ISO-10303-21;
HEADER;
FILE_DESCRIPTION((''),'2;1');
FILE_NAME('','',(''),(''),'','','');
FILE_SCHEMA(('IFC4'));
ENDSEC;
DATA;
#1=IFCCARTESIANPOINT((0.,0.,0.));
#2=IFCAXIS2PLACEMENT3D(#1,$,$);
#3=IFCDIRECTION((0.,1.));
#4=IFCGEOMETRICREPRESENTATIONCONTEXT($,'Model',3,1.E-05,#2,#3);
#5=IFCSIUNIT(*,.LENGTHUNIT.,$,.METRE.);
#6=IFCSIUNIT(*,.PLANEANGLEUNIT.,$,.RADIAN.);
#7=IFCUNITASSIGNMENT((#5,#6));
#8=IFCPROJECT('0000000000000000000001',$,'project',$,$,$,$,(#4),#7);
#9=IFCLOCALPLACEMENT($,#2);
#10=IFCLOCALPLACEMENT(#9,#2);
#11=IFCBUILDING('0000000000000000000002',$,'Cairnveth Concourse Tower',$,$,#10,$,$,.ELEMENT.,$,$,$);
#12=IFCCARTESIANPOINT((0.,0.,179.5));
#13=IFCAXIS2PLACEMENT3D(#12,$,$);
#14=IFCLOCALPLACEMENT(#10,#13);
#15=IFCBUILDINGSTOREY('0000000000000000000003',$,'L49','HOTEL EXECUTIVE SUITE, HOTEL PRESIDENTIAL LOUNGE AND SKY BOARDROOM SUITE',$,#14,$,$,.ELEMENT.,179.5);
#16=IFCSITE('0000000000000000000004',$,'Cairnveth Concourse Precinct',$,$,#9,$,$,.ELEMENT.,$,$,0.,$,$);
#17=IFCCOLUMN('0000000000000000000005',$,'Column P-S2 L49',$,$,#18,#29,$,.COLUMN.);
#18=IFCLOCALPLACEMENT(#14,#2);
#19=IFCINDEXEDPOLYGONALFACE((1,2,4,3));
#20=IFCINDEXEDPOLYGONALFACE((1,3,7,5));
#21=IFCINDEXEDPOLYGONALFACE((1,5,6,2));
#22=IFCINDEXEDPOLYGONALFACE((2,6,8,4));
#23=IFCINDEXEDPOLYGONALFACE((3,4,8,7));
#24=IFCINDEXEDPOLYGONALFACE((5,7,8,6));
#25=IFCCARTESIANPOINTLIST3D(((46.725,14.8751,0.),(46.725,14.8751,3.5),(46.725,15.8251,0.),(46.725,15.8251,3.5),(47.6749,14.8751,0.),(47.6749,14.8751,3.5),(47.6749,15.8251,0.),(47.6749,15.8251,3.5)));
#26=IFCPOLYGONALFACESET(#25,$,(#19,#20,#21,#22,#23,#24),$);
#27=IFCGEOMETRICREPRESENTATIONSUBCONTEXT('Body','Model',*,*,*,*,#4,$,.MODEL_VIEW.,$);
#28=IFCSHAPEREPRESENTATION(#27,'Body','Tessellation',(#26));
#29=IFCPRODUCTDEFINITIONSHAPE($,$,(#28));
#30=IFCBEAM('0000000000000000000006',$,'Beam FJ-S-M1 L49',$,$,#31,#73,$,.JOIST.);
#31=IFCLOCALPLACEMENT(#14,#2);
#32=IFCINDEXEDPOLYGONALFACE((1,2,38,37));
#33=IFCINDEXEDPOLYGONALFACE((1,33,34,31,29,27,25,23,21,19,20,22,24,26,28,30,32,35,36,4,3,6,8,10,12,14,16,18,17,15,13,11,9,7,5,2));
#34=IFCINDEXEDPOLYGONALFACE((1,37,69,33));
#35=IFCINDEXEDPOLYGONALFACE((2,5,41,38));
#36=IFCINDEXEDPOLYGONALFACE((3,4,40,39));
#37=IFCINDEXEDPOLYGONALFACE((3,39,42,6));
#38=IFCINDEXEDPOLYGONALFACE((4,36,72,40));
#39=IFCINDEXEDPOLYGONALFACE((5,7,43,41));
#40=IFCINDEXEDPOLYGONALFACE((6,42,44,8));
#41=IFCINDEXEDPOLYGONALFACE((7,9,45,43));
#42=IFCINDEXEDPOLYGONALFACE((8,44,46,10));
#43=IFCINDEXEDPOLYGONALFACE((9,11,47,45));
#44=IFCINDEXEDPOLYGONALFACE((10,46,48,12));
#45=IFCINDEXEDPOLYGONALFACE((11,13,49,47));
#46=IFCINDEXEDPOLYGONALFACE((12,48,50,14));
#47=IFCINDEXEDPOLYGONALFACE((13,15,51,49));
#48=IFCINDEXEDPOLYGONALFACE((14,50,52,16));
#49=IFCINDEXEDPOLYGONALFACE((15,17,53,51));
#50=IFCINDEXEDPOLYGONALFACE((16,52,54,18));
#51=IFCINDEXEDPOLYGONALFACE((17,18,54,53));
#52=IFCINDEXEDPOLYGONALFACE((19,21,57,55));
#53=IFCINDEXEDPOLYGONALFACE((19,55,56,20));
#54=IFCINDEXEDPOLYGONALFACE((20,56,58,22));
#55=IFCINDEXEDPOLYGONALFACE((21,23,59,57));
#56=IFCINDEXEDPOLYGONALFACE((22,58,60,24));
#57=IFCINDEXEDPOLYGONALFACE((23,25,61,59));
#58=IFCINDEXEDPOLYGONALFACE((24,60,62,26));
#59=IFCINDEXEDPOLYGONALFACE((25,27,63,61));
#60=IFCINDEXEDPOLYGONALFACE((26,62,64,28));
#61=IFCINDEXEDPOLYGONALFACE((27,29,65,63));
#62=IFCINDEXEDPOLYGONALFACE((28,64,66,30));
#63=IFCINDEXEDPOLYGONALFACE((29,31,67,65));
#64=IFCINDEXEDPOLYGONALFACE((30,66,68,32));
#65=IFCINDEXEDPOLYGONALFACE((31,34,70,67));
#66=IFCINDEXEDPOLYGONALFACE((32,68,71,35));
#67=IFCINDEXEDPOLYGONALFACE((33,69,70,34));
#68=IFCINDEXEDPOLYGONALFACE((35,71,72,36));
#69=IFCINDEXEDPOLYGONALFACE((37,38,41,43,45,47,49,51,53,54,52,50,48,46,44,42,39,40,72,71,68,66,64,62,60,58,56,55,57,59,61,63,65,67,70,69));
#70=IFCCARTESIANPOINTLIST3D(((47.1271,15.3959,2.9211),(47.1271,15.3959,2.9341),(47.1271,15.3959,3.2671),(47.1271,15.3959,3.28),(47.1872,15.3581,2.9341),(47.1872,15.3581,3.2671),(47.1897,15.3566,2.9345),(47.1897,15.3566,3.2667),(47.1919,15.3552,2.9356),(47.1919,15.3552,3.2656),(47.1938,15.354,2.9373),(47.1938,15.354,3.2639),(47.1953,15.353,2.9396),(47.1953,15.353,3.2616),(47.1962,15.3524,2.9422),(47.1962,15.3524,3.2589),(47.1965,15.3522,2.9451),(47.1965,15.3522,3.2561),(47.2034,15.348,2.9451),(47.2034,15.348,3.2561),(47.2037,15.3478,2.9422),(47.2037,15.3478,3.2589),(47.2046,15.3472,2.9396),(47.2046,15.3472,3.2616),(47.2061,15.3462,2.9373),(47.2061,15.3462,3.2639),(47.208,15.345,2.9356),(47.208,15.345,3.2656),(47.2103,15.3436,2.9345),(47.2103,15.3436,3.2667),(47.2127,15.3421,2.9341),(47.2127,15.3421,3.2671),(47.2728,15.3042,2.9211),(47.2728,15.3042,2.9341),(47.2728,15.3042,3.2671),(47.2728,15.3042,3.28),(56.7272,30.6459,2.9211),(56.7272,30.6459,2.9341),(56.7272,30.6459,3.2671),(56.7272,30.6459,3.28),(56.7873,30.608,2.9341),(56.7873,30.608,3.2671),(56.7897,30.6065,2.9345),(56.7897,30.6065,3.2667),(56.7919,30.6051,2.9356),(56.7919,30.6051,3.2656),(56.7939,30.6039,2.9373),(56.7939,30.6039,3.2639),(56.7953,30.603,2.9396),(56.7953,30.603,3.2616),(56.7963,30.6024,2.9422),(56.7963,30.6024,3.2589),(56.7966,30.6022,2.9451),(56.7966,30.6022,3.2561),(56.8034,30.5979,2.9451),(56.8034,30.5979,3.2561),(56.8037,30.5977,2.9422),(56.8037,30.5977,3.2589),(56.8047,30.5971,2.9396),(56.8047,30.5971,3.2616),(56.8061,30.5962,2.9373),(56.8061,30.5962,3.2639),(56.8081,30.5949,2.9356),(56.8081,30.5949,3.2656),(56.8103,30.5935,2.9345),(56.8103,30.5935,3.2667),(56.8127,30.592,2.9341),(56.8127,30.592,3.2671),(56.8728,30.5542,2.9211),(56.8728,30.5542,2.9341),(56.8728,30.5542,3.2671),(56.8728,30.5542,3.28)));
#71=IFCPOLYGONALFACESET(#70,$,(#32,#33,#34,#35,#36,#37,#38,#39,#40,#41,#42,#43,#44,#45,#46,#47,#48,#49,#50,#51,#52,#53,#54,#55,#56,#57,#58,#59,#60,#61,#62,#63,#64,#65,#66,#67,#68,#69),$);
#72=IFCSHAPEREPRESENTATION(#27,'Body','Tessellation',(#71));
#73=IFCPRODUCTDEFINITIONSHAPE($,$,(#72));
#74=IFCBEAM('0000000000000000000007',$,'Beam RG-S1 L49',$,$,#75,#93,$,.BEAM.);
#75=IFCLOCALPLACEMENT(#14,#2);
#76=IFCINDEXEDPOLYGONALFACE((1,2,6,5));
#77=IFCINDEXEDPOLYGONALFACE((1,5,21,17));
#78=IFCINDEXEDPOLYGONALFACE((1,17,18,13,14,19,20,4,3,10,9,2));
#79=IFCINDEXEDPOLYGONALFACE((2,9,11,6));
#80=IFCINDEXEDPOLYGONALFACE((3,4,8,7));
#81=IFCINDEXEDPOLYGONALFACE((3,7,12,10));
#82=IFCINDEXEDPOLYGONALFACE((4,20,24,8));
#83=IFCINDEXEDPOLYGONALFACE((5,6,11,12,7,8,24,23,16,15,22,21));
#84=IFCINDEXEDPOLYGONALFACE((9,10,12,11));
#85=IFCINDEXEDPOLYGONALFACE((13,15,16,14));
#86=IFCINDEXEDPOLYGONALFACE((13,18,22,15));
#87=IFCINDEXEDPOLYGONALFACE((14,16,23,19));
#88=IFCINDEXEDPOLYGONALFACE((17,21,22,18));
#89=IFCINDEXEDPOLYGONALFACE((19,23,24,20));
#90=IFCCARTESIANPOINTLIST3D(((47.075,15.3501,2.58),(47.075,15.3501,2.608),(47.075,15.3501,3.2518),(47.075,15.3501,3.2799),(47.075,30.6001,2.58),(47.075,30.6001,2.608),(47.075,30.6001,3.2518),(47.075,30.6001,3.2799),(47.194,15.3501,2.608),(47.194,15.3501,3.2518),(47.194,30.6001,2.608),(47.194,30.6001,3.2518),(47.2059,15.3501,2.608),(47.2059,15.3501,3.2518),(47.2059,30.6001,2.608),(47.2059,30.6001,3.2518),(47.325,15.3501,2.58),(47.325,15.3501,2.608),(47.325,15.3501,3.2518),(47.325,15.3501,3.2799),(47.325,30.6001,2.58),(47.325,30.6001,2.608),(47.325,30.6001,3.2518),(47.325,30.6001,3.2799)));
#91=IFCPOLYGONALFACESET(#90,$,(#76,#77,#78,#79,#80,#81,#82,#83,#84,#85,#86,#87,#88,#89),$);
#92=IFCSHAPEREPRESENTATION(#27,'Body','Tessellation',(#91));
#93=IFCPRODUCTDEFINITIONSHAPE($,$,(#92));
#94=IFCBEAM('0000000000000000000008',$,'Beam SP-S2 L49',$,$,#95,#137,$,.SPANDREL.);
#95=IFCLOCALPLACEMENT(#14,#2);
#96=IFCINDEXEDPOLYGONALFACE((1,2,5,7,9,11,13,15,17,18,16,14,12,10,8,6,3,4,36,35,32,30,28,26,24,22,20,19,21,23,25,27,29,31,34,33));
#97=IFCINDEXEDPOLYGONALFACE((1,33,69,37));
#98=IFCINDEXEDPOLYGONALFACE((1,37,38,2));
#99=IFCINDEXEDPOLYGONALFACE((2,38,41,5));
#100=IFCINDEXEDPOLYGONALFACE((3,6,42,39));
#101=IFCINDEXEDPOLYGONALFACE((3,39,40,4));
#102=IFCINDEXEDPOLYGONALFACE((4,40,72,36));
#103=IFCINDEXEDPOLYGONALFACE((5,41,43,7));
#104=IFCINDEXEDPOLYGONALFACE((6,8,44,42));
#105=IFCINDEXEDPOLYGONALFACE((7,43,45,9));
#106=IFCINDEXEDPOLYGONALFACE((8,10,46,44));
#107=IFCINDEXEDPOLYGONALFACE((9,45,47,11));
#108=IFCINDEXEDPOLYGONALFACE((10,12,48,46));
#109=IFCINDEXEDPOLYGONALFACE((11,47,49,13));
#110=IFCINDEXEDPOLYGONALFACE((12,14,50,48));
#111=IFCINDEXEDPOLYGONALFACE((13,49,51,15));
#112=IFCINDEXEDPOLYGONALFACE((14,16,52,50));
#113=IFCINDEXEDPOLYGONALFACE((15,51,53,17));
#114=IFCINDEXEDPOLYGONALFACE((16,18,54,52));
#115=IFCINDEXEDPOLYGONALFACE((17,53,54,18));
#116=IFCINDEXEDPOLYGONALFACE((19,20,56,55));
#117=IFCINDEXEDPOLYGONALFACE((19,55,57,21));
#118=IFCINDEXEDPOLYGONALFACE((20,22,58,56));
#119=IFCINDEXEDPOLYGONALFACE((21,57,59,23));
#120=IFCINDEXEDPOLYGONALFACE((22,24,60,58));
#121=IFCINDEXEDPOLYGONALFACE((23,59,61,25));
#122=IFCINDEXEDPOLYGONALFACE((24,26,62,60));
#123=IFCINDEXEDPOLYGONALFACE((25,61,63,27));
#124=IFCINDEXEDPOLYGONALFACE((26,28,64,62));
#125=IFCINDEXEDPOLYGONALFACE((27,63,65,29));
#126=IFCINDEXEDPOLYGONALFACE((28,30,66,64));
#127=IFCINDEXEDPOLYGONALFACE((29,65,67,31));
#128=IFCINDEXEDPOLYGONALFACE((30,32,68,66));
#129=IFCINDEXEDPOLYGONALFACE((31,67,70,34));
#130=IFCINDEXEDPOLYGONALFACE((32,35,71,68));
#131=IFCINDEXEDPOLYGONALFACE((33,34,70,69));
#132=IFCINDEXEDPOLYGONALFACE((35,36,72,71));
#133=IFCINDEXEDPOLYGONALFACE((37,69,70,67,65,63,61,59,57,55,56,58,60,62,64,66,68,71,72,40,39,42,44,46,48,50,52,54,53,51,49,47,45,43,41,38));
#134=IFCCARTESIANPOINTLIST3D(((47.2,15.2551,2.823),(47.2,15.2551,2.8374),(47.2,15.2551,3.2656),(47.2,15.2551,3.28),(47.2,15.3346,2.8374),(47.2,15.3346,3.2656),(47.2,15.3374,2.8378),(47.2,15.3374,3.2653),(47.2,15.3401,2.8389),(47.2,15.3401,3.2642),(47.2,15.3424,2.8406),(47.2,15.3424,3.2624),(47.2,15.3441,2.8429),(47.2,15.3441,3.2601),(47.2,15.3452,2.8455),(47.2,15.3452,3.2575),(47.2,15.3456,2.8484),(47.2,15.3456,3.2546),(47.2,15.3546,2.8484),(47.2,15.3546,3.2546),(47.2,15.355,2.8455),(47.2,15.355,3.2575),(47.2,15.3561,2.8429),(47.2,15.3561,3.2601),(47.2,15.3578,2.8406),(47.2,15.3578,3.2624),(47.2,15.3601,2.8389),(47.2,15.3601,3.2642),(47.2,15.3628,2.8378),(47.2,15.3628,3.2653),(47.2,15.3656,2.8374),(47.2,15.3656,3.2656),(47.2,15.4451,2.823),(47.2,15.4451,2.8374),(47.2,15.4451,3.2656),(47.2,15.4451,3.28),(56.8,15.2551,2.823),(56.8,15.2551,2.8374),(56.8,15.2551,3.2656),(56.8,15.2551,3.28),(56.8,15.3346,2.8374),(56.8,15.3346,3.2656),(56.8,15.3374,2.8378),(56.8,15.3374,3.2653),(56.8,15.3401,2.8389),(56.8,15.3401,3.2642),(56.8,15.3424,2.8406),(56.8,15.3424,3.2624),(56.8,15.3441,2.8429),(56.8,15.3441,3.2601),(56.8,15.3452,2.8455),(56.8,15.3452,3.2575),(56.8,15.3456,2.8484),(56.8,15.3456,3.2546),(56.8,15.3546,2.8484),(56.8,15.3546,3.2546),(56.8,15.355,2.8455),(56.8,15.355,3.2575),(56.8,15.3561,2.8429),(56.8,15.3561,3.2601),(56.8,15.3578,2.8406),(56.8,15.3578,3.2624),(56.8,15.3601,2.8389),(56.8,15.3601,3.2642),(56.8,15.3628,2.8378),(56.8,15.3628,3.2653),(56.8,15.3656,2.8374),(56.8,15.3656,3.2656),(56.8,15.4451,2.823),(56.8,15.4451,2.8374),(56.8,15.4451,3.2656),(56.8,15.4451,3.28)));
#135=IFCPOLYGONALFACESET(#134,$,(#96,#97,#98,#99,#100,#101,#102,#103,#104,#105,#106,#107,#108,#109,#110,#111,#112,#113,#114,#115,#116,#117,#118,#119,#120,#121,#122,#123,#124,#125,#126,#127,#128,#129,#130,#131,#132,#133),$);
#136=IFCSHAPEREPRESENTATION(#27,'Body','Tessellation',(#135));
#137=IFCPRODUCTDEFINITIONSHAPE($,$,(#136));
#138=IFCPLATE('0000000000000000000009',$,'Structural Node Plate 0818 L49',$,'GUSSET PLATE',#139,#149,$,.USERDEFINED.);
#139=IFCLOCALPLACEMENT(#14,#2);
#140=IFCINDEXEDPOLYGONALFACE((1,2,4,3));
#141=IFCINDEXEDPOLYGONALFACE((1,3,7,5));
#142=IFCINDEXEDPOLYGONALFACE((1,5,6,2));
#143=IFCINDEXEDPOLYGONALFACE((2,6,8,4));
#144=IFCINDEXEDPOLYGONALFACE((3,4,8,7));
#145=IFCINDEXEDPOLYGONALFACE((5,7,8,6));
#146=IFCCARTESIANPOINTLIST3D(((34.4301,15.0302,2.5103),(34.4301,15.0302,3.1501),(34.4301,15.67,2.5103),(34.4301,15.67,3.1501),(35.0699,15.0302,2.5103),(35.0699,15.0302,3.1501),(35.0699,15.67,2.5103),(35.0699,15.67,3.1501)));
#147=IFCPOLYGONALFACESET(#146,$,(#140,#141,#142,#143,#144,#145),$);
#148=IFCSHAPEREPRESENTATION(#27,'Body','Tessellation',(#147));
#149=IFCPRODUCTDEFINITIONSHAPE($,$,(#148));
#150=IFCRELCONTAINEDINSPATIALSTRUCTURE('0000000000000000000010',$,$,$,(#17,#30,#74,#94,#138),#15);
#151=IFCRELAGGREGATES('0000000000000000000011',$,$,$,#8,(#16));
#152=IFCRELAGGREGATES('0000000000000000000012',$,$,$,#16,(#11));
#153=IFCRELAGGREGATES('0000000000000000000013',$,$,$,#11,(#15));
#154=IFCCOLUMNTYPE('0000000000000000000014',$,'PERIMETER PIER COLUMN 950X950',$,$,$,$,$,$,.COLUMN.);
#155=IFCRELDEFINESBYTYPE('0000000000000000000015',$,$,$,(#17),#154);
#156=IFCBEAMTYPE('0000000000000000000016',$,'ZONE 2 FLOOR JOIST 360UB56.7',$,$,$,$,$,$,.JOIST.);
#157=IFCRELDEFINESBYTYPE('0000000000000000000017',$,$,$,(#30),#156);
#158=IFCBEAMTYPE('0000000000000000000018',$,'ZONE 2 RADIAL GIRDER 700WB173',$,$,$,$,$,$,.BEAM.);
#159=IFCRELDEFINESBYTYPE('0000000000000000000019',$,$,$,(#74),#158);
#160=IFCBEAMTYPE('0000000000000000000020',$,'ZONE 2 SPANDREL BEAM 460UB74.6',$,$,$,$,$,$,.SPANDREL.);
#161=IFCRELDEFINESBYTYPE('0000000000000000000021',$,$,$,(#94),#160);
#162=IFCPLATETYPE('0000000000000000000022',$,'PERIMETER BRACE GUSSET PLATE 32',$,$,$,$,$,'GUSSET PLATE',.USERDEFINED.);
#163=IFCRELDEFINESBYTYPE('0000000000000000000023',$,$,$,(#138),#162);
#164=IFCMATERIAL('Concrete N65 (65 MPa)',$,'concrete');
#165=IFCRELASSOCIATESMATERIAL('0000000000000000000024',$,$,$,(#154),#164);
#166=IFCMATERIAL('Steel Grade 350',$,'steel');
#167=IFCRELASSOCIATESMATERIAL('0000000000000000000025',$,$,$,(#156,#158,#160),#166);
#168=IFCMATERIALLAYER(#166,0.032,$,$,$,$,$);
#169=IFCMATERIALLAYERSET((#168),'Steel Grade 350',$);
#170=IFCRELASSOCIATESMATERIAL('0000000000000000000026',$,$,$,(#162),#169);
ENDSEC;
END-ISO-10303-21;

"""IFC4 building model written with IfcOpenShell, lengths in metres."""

from ifc_helpers import new_model, si_unit, direction, frame, origin, origin_2d, place, context, subcontext, project, spatial, rectangle, i_section, extrude, material, layer, layer_set, material_profile, profile_set, type_object, element, save


model = new_model("IFC4")

# Units and contexts
model_context = context("Model", 3, precision=1e-05, world=origin(), true_north=direction((0.0, 1.0)))
body_context = subcontext(model_context, "Body", "Model", "MODEL_VIEW")
ifc_project = project(units=[si_unit("LENGTHUNIT", "METRE"), si_unit("PLANEANGLEUNIT", "RADIAN")], contexts=[model_context])

# Site, building, storey
site_placement = place(None, origin())
site = spatial("IfcSite", under=ifc_project, at=site_placement, Name="Cairnveth Concourse Precinct", CompositionType="ELEMENT", RefElevation=0.0)
building_placement = place(site_placement, origin())
building = spatial("IfcBuilding", under=site, at=building_placement, Name="Cairnveth Concourse Tower", CompositionType="ELEMENT")
storey_placement = place(building_placement, frame((0.0, 0.0, 179.5)))
storey = spatial("IfcBuildingStorey", under=building, at=storey_placement, Name="L49", Description="HOTEL EXECUTIVE SUITE, HOTEL PRESIDENTIAL LOUNGE AND SKY BOARDROOM SUITE", CompositionType="ELEMENT", Elevation=179.5)

# Column
ifc_material_1 = material(Name="Concrete N65 (65 MPa)", Category="concrete")
ifc_material_profile_1 = material_profile(ifc_material_1, rectangle(XDim=0.95, YDim=0.95, at=origin_2d()), Name="RC-COL-950x950")
ifc_profile_set_1 = profile_set([ifc_material_profile_1], Name="Concrete N65 (65 MPa)")
column_type = type_object("IfcColumnType", Name="PERIMETER PIER COLUMN 950X950", PredefinedType="COLUMN", material=ifc_profile_set_1)
column_placement = place(storey_placement, frame((47.2, 15.3501, 0.0), z_axis=(0.0, 0.0, 1.0), x_axis=(1.0, 0.0, 0.0)))
element("IfcColumn", 1, at=column_placement, inside=storey, type_object=column_type, Name="Column P-S2 L49", PredefinedType="COLUMN", context=body_context, shape_type="SweptSolid", body=[
    extrude(rectangle(XDim=0.95, YDim=0.95, at=origin_2d()), origin(), (0.0, 0.0, 1.0), 3.5),
])

# Beams
ifc_material_2 = material(Name="Steel Grade 350", Category="steel")
ifc_material_profile_2 = material_profile(ifc_material_2, i_section(OverallWidth=0.1721, OverallDepth=0.3589, WebThickness=0.0081, FlangeThickness=0.0129, FilletRadius=0.011, at=origin_2d()), Name="360UB56.7")
ifc_profile_set_2 = profile_set([ifc_material_profile_2], Name="Steel Grade 350")
beam_type_1 = type_object("IfcBeamType", Name="ZONE 2 FLOOR JOIST 360UB56.7", PredefinedType="JOIST", material=ifc_profile_set_2)
beam_1_placement = place(storey_placement, frame((47.2, 15.3501, 3.1006), z_axis=(0.532744, 0.846277, 0.0), x_axis=(-0.846277, 0.532744, 0.0)))
element("IfcBeam", 2, at=beam_1_placement, inside=storey, type_object=beam_type_1, Name="Beam FJ-S-M1 L49", PredefinedType="JOIST", context=body_context, shape_type="SweptSolid", body=[
    extrude(i_section(OverallWidth=0.1721, OverallDepth=0.3589, WebThickness=0.0081, FlangeThickness=0.0129, FilletRadius=0.011, at=origin_2d()), origin(), (0.0, 0.0, 1.0), 18.02),
])
ifc_material_profile_3 = material_profile(ifc_material_2, i_section(OverallWidth=0.25, OverallDepth=0.7, WebThickness=0.012, FlangeThickness=0.0281, at=origin_2d()), Name="700WB173")
ifc_profile_set_3 = profile_set([ifc_material_profile_3], Name="Steel Grade 350")
beam_type_2 = type_object("IfcBeamType", Name="ZONE 2 RADIAL GIRDER 700WB173", PredefinedType="BEAM", material=ifc_profile_set_3)
beam_2_placement = place(storey_placement, frame((47.2, 15.3501, 2.9299), z_axis=(0.0, 1.0, 0.0), x_axis=(-1.0, 0.0, 0.0)))
element("IfcBeam", 3, at=beam_2_placement, inside=storey, type_object=beam_type_2, Name="Beam RG-S1 L49", PredefinedType="BEAM", context=body_context, shape_type="SweptSolid", body=[
    extrude(i_section(OverallWidth=0.25, OverallDepth=0.7, WebThickness=0.012, FlangeThickness=0.0281, at=origin_2d()), origin(), (0.0, 0.0, 1.0), 15.25),
])
ifc_material_profile_4 = material_profile(ifc_material_2, i_section(OverallWidth=0.1899, OverallDepth=0.457, WebThickness=0.009, FlangeThickness=0.0144, FilletRadius=0.011, at=origin_2d()), Name="460UB74.6")
ifc_profile_set_4 = profile_set([ifc_material_profile_4], Name="Steel Grade 350")
beam_type_3 = type_object("IfcBeamType", Name="ZONE 2 SPANDREL BEAM 460UB74.6", PredefinedType="SPANDREL", material=ifc_profile_set_4)
beam_3_placement = place(storey_placement, frame((47.2, 15.3501, 3.0515), z_axis=(1.0, 0.0, 0.0), x_axis=(0.0, 1.0, 0.0)))
element("IfcBeam", 4, at=beam_3_placement, inside=storey, type_object=beam_type_3, Name="Beam SP-S2 L49", PredefinedType="SPANDREL", context=body_context, shape_type="SweptSolid", body=[
    extrude(i_section(OverallWidth=0.1899, OverallDepth=0.457, WebThickness=0.009, FlangeThickness=0.0144, FilletRadius=0.011, at=origin_2d()), origin(), (0.0, 0.0, 1.0), 9.6001),
])

# Plate
ifc_layer_1 = layer(ifc_material_2, 0.032)
ifc_layer_set_1 = layer_set([ifc_layer_1], Name="Steel Grade 350")
plate_type = type_object("IfcPlateType", Name="PERIMETER BRACE GUSSET PLATE 32", ElementType="GUSSET PLATE", PredefinedType="USERDEFINED", material=ifc_layer_set_1)
plate_placement = place(storey_placement, frame((34.75, 15.3501, 2.5103), z_axis=(0.0, 0.0, 1.0), x_axis=(1.0, 0.0, 0.0)))
element("IfcPlate", 5, at=plate_placement, inside=storey, type_object=plate_type, Name="Structural Node Plate 0818 L49", ObjectType="GUSSET PLATE", PredefinedType="USERDEFINED", context=body_context, shape_type="SweptSolid", body=[
    extrude(rectangle(XDim=0.6399, YDim=0.6399, at=origin_2d()), origin(), (0.0, 0.0, 1.0), 0.6399),
])

save(model, "model.ifc")
